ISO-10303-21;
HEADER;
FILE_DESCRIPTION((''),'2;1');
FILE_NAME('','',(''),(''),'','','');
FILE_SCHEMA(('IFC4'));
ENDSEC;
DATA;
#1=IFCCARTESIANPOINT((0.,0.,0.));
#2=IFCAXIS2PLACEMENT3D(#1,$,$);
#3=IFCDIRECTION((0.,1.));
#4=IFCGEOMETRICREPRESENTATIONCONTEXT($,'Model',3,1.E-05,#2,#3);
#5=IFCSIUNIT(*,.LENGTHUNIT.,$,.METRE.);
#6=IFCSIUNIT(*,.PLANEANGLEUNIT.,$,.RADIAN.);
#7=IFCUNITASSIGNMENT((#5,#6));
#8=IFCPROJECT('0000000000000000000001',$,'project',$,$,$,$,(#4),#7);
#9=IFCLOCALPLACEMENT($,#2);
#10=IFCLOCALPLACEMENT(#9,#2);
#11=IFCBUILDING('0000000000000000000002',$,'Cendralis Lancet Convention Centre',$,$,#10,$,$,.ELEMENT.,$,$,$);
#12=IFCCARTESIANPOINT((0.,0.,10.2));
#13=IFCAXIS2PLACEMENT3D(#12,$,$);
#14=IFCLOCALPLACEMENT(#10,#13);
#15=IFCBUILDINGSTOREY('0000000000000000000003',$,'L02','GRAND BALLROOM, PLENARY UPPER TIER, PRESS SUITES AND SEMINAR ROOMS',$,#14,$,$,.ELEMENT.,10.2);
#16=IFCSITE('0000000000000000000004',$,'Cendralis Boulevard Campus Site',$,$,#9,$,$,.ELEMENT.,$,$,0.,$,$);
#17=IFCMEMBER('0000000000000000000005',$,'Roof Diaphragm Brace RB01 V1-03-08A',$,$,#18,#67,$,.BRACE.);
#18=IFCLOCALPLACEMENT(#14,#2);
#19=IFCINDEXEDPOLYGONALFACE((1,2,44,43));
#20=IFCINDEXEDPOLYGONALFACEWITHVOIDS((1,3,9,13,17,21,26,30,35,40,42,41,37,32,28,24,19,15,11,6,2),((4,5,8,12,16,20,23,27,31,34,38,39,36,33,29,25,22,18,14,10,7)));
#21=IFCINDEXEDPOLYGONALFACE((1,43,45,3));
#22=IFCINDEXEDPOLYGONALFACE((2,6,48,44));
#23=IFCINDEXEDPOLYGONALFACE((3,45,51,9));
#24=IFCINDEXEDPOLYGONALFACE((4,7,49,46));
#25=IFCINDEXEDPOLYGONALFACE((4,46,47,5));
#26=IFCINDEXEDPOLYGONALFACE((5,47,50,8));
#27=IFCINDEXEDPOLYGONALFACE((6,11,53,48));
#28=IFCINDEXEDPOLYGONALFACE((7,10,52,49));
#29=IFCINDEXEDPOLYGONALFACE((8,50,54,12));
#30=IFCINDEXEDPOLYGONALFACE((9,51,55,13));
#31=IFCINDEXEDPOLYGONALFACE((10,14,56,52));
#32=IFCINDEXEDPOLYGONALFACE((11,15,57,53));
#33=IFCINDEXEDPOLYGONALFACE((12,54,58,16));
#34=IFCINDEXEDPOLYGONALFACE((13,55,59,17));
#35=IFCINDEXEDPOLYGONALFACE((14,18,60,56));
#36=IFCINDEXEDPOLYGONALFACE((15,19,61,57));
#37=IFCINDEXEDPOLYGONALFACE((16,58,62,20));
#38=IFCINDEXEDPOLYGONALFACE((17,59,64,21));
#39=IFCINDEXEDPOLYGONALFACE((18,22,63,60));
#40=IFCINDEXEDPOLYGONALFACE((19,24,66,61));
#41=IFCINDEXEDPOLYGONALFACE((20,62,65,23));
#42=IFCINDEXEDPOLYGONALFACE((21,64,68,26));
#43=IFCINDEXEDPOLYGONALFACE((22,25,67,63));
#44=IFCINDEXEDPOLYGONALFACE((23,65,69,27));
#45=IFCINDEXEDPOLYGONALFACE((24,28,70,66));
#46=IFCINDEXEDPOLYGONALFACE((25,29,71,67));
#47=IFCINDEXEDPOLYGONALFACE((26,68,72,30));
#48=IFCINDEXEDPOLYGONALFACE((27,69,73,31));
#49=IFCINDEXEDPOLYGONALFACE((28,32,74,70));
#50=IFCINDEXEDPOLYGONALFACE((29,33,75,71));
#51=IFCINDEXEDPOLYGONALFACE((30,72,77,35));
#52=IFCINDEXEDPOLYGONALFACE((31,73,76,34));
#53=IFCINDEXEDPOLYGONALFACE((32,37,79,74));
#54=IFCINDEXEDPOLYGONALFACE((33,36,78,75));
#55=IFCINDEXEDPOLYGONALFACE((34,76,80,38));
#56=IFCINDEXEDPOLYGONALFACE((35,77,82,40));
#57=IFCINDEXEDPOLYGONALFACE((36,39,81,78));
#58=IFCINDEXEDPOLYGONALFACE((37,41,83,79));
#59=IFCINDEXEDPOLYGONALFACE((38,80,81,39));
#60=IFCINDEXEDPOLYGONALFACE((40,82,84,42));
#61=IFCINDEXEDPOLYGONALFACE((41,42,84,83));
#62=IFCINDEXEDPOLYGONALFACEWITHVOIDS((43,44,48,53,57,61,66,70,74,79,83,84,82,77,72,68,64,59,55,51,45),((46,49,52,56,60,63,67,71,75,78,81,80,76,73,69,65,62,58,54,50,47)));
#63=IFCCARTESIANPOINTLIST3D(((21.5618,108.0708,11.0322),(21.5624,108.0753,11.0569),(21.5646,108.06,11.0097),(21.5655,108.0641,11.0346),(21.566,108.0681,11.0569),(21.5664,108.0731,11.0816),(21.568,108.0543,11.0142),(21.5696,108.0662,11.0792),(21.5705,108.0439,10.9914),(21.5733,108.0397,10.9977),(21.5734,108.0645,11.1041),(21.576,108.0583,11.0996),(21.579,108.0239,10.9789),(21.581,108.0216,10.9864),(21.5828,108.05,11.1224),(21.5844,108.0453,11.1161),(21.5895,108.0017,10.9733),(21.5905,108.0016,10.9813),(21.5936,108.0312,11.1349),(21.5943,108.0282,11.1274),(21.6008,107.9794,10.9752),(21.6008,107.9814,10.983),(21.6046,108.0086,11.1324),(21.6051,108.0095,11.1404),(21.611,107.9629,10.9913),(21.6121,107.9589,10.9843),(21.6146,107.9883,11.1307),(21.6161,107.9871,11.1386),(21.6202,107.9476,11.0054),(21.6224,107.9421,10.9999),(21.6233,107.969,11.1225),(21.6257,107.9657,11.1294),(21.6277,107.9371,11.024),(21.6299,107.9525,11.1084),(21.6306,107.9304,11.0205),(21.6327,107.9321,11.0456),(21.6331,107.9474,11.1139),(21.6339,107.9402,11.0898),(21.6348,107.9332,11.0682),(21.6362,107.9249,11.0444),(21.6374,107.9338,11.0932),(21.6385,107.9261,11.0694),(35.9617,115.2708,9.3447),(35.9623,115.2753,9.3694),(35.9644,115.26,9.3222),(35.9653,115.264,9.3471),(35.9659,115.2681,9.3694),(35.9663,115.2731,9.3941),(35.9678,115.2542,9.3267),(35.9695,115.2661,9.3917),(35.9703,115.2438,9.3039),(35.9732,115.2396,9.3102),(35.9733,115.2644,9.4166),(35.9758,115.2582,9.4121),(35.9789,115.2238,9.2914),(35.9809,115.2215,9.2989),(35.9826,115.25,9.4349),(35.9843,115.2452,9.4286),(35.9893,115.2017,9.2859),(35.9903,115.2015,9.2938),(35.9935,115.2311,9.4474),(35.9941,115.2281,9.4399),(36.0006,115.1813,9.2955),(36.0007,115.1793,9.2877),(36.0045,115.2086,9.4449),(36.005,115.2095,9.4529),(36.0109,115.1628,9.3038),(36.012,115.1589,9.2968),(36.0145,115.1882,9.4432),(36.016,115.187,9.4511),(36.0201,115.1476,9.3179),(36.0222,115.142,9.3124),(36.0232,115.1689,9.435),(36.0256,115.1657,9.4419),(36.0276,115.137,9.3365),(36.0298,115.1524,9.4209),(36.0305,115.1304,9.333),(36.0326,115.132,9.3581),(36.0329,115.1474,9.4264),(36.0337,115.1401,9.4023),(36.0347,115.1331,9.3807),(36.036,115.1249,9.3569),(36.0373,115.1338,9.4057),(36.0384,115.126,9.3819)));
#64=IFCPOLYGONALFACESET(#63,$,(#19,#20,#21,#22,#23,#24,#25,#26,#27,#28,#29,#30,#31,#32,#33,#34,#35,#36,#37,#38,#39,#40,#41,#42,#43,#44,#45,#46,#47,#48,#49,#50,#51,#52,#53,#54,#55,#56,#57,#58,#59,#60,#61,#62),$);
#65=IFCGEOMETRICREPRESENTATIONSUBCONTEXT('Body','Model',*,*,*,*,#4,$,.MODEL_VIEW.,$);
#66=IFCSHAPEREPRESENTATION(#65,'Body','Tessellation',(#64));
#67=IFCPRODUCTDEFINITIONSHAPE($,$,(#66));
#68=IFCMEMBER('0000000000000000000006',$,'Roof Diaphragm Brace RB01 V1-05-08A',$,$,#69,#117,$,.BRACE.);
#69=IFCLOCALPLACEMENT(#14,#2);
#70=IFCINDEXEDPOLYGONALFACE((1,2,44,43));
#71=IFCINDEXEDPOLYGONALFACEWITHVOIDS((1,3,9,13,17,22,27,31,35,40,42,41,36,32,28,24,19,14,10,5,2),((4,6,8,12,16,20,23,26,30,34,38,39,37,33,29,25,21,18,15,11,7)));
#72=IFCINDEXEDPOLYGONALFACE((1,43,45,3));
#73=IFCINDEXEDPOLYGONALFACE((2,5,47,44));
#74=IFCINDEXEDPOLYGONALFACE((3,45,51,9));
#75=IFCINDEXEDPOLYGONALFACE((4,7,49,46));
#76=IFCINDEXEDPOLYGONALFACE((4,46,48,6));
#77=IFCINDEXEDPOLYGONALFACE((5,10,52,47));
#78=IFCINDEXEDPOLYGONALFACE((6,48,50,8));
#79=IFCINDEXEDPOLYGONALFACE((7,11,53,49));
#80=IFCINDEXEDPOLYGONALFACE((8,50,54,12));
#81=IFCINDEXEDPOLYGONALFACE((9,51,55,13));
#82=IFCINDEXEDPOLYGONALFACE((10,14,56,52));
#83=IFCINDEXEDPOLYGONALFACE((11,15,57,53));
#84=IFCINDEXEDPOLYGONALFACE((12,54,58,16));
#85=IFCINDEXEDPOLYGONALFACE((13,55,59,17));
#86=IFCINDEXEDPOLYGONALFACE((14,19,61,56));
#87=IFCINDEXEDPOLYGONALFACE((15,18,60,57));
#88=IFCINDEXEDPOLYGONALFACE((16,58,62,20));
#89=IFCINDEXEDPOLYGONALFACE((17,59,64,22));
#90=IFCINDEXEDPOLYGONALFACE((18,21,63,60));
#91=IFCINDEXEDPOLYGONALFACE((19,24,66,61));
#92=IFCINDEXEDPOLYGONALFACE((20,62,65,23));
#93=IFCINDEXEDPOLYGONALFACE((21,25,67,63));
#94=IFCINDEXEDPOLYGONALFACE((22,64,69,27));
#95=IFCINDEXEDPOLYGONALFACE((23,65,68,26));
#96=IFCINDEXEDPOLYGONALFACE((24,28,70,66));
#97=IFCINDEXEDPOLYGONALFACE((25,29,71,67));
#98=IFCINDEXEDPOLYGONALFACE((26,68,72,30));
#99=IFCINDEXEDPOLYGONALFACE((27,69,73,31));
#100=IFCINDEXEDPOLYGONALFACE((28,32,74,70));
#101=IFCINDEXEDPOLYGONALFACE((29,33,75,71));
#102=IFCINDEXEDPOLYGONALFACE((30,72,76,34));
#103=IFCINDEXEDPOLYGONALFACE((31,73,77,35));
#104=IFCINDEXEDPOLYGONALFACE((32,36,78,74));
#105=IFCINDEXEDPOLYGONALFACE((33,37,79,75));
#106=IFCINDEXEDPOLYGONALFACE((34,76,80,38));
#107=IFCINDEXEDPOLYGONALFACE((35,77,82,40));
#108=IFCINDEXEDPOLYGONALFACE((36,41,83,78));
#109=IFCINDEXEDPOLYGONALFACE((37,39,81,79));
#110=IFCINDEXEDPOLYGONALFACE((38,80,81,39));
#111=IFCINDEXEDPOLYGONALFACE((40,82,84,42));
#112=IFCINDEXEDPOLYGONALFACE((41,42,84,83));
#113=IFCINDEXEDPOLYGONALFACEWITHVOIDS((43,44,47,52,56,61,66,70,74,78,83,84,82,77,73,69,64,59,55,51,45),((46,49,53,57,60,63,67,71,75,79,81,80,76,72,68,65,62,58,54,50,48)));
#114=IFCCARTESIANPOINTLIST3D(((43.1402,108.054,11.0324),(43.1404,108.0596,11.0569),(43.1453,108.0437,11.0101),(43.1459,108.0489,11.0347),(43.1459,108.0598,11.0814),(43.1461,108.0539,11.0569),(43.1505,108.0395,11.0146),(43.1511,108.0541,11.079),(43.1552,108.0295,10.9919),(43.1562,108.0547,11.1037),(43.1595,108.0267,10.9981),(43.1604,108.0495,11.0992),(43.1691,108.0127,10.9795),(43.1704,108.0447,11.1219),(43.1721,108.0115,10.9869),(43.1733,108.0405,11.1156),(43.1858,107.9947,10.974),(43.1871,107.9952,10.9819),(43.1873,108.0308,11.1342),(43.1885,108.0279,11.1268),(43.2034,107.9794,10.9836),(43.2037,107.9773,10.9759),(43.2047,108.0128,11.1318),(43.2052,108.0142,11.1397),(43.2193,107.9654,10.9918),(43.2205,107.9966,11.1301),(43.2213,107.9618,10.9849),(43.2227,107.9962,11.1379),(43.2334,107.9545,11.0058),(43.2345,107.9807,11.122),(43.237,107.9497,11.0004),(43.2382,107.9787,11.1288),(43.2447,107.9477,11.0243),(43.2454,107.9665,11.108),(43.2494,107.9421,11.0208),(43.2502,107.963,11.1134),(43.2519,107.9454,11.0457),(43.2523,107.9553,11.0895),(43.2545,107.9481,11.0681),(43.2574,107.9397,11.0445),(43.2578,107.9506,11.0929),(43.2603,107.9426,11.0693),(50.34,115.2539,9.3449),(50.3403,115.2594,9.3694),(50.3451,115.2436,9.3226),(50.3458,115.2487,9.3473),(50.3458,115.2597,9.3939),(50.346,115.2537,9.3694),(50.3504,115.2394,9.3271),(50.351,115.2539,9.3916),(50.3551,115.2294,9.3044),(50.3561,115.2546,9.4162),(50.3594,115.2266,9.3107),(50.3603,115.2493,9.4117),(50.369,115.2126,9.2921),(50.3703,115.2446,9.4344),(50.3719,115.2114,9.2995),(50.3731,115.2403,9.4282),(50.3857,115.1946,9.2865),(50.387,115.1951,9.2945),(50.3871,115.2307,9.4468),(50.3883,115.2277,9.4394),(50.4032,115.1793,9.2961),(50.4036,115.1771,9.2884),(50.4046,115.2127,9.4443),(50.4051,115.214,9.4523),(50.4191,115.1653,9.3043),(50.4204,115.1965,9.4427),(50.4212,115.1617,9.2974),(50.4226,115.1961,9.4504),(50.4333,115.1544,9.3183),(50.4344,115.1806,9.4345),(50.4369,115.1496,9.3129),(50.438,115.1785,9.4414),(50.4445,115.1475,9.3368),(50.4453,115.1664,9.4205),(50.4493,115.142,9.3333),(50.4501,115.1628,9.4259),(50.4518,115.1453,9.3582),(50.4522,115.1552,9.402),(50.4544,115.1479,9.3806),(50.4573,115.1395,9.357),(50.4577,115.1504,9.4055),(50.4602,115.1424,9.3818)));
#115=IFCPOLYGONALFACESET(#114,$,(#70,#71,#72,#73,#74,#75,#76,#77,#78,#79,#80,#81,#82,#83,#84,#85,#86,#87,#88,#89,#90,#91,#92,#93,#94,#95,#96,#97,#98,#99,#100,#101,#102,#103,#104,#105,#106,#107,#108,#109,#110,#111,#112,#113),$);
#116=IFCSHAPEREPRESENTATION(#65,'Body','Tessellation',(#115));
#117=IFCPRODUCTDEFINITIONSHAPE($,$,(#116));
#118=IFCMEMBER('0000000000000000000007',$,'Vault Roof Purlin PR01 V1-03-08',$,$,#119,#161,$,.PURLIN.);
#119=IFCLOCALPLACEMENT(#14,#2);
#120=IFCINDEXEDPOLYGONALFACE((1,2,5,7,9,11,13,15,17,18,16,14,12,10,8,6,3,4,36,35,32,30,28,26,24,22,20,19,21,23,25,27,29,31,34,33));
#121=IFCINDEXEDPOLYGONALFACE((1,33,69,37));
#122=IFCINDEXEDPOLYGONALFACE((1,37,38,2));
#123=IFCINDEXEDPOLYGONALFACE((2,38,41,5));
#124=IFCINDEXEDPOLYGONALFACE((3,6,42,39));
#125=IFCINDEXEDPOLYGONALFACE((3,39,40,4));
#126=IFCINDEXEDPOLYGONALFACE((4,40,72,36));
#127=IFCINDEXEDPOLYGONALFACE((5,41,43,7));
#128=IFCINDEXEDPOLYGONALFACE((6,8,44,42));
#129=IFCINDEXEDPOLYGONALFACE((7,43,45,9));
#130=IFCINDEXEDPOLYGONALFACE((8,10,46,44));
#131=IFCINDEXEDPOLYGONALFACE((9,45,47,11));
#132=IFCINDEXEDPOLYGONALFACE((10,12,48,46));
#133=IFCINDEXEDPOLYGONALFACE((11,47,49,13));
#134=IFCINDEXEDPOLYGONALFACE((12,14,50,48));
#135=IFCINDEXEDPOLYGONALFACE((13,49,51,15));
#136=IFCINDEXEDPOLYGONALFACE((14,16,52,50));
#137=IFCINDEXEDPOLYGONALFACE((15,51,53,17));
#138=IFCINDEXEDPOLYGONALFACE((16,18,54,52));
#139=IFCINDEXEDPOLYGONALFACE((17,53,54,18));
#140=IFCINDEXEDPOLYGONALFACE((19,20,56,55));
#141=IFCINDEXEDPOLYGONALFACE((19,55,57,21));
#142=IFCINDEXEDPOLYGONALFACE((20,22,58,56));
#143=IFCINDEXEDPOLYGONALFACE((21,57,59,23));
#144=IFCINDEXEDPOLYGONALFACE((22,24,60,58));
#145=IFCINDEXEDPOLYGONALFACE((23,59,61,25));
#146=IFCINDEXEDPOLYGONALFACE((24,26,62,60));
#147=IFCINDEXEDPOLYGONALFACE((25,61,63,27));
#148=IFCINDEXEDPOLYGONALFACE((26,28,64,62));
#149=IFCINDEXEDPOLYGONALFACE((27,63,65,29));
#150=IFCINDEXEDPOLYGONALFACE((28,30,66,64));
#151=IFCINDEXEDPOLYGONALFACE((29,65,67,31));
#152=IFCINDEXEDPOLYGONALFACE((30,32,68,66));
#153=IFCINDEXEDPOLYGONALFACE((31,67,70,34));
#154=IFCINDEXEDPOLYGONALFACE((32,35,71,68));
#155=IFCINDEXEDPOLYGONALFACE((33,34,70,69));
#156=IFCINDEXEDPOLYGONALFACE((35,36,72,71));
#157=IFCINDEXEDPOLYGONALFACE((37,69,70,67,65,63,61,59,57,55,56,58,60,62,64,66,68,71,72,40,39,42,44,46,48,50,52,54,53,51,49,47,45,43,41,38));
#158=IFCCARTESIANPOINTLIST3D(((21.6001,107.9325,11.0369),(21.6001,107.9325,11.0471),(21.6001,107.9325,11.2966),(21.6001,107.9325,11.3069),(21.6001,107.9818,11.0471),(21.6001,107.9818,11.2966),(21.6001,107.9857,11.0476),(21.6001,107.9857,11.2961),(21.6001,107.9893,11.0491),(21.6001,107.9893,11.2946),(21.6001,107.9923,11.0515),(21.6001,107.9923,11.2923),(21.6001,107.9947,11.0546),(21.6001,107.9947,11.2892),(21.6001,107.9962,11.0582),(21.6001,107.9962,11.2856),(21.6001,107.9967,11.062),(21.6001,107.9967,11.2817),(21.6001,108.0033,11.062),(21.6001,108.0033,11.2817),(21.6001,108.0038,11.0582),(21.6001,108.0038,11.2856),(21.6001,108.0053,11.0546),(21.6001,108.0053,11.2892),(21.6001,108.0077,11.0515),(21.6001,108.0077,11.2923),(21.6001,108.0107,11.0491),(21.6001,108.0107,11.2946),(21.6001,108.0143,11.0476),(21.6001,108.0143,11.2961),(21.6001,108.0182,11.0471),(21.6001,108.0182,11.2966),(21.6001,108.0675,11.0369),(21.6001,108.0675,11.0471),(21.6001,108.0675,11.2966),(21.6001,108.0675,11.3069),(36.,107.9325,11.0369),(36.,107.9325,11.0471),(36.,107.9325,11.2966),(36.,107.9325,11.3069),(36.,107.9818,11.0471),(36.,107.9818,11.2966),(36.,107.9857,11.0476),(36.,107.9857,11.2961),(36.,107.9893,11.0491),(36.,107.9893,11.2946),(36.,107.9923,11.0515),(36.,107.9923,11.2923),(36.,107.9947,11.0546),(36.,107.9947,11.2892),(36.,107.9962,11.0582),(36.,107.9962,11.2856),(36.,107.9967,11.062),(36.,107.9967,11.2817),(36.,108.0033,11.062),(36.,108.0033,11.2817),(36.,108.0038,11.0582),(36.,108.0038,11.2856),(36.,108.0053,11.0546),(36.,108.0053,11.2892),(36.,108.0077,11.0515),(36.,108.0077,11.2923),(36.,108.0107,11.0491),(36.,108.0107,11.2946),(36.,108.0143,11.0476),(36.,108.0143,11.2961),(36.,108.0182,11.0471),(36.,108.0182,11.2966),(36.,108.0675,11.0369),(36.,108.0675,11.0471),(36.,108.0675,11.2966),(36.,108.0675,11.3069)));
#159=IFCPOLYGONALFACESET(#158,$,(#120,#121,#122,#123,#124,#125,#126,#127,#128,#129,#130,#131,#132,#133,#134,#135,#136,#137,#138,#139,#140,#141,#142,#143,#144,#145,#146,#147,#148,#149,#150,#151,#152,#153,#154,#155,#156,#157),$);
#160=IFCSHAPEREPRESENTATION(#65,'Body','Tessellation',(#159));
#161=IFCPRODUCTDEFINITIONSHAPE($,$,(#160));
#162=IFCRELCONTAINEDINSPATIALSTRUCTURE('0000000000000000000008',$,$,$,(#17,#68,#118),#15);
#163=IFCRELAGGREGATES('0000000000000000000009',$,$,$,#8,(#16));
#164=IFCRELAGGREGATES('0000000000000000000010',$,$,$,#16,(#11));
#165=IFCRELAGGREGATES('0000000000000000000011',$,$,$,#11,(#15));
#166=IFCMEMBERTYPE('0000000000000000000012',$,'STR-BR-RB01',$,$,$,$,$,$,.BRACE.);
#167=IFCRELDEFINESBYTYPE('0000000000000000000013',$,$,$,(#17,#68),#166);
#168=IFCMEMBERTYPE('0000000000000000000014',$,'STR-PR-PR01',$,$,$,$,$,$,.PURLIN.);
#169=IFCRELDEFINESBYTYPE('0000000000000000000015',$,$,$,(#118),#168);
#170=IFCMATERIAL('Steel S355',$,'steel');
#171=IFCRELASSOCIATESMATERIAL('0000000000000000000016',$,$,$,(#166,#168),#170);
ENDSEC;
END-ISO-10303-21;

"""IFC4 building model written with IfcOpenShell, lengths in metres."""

from ifc_helpers import new_model, si_unit, direction, frame, origin, origin_2d, place, context, subcontext, project, spatial, hollow_circle, i_section, extrude, material, material_profile, profile_set, type_object, element, save


model = new_model("IFC4")

# Units and contexts
model_context = context("Model", 3, precision=1e-05, world=origin(), true_north=direction((0.0, 1.0)))
body_context = subcontext(model_context, "Body", "Model", "MODEL_VIEW")
ifc_project = project(units=[si_unit("LENGTHUNIT", "METRE"), si_unit("PLANEANGLEUNIT", "RADIAN")], contexts=[model_context])

# Site, building, storey
site_placement = place(None, origin())
site = spatial("IfcSite", under=ifc_project, at=site_placement, Name="Cendralis Boulevard Campus Site", CompositionType="ELEMENT", RefElevation=0.0)
building_placement = place(site_placement, origin())
building = spatial("IfcBuilding", under=site, at=building_placement, Name="Cendralis Lancet Convention Centre", CompositionType="ELEMENT")
storey_placement = place(building_placement, frame((0.0, 0.0, 10.2)))
storey = spatial("IfcBuildingStorey", under=building, at=storey_placement, Name="L02", Description="GRAND BALLROOM, PLENARY UPPER TIER, PRESS SUITES AND SEMINAR ROOMS", CompositionType="ELEMENT", Elevation=10.2)

# Members
ifc_material = material(Name="Steel S355", Category="steel")
ifc_material_profile_1 = material_profile(ifc_material, hollow_circle(Radius=0.0842, WallThickness=0.0081, at=origin_2d()), Name="CHS 168.3x8.0")
ifc_profile_set_1 = profile_set([ifc_material_profile_1], Name="Steel S355")
member_type_1 = type_object("IfcMemberType", Name="STR-BR-RB01", PredefinedType="BRACE", material=ifc_profile_set_1)
member_1_placement = place(storey_placement, frame((21.6001, 108.0, 11.0569), z_axis=(0.889554, 0.444777, -0.104245), x_axis=(-0.447214, 0.894427, 0.0)))
element("IfcMember", 1, at=member_1_placement, inside=storey, type_object=member_type_1, Name="Roof Diaphragm Brace RB01 V1-03-08A", PredefinedType="BRACE", context=body_context, shape_type="SweptSolid", body=[
    extrude(hollow_circle(Radius=0.0842, WallThickness=0.0081, at=origin_2d()), origin(), (0.0, 0.0, 1.0), 16.1877),
])
member_2_placement = place(storey_placement, frame((43.2, 108.0, 11.0569), z_axis=(0.697592, 0.697592, -0.163499), x_axis=(-0.707107, 0.707107, 0.0)))
element("IfcMember", 2, at=member_2_placement, inside=storey, type_object=member_type_1, Name="Roof Diaphragm Brace RB01 V1-05-08A", PredefinedType="BRACE", context=body_context, shape_type="SweptSolid", body=[
    extrude(hollow_circle(Radius=0.0842, WallThickness=0.0081, at=origin_2d()), origin(), (0.0, 0.0, 1.0), 10.321),
])
ifc_material_profile_2 = material_profile(ifc_material, i_section(OverallWidth=0.135, OverallDepth=0.27, WebThickness=0.0066, FlangeThickness=0.0103, FilletRadius=0.0149, at=origin_2d()), Name="IPE 270")
ifc_profile_set_2 = profile_set([ifc_material_profile_2], Name="Steel S355")
member_type_2 = type_object("IfcMemberType", Name="STR-PR-PR01", PredefinedType="PURLIN", material=ifc_profile_set_2)
for number, where, z_axis, x_axis, name in (
    (3, (21.6001, 108.0, 11.1719), (1.0, 0.0, 0.0), (0.0, 1.0, 0.0), "Vault Roof Purlin PR01 V1-03-08"),
):
    element("IfcMember", number, at=place(storey_placement, frame(where, z_axis=z_axis, x_axis=x_axis)), inside=storey, type_object=member_type_2, Name=name, PredefinedType="PURLIN", context=body_context, shape_type="SweptSolid", body=[
        extrude(i_section(OverallWidth=0.135, OverallDepth=0.27, WebThickness=0.0066, FlangeThickness=0.0103, FilletRadius=0.0149, at=origin_2d()), origin(), (0.0, 0.0, 1.0), 14.3999),
    ])

save(model, "model.ifc")
